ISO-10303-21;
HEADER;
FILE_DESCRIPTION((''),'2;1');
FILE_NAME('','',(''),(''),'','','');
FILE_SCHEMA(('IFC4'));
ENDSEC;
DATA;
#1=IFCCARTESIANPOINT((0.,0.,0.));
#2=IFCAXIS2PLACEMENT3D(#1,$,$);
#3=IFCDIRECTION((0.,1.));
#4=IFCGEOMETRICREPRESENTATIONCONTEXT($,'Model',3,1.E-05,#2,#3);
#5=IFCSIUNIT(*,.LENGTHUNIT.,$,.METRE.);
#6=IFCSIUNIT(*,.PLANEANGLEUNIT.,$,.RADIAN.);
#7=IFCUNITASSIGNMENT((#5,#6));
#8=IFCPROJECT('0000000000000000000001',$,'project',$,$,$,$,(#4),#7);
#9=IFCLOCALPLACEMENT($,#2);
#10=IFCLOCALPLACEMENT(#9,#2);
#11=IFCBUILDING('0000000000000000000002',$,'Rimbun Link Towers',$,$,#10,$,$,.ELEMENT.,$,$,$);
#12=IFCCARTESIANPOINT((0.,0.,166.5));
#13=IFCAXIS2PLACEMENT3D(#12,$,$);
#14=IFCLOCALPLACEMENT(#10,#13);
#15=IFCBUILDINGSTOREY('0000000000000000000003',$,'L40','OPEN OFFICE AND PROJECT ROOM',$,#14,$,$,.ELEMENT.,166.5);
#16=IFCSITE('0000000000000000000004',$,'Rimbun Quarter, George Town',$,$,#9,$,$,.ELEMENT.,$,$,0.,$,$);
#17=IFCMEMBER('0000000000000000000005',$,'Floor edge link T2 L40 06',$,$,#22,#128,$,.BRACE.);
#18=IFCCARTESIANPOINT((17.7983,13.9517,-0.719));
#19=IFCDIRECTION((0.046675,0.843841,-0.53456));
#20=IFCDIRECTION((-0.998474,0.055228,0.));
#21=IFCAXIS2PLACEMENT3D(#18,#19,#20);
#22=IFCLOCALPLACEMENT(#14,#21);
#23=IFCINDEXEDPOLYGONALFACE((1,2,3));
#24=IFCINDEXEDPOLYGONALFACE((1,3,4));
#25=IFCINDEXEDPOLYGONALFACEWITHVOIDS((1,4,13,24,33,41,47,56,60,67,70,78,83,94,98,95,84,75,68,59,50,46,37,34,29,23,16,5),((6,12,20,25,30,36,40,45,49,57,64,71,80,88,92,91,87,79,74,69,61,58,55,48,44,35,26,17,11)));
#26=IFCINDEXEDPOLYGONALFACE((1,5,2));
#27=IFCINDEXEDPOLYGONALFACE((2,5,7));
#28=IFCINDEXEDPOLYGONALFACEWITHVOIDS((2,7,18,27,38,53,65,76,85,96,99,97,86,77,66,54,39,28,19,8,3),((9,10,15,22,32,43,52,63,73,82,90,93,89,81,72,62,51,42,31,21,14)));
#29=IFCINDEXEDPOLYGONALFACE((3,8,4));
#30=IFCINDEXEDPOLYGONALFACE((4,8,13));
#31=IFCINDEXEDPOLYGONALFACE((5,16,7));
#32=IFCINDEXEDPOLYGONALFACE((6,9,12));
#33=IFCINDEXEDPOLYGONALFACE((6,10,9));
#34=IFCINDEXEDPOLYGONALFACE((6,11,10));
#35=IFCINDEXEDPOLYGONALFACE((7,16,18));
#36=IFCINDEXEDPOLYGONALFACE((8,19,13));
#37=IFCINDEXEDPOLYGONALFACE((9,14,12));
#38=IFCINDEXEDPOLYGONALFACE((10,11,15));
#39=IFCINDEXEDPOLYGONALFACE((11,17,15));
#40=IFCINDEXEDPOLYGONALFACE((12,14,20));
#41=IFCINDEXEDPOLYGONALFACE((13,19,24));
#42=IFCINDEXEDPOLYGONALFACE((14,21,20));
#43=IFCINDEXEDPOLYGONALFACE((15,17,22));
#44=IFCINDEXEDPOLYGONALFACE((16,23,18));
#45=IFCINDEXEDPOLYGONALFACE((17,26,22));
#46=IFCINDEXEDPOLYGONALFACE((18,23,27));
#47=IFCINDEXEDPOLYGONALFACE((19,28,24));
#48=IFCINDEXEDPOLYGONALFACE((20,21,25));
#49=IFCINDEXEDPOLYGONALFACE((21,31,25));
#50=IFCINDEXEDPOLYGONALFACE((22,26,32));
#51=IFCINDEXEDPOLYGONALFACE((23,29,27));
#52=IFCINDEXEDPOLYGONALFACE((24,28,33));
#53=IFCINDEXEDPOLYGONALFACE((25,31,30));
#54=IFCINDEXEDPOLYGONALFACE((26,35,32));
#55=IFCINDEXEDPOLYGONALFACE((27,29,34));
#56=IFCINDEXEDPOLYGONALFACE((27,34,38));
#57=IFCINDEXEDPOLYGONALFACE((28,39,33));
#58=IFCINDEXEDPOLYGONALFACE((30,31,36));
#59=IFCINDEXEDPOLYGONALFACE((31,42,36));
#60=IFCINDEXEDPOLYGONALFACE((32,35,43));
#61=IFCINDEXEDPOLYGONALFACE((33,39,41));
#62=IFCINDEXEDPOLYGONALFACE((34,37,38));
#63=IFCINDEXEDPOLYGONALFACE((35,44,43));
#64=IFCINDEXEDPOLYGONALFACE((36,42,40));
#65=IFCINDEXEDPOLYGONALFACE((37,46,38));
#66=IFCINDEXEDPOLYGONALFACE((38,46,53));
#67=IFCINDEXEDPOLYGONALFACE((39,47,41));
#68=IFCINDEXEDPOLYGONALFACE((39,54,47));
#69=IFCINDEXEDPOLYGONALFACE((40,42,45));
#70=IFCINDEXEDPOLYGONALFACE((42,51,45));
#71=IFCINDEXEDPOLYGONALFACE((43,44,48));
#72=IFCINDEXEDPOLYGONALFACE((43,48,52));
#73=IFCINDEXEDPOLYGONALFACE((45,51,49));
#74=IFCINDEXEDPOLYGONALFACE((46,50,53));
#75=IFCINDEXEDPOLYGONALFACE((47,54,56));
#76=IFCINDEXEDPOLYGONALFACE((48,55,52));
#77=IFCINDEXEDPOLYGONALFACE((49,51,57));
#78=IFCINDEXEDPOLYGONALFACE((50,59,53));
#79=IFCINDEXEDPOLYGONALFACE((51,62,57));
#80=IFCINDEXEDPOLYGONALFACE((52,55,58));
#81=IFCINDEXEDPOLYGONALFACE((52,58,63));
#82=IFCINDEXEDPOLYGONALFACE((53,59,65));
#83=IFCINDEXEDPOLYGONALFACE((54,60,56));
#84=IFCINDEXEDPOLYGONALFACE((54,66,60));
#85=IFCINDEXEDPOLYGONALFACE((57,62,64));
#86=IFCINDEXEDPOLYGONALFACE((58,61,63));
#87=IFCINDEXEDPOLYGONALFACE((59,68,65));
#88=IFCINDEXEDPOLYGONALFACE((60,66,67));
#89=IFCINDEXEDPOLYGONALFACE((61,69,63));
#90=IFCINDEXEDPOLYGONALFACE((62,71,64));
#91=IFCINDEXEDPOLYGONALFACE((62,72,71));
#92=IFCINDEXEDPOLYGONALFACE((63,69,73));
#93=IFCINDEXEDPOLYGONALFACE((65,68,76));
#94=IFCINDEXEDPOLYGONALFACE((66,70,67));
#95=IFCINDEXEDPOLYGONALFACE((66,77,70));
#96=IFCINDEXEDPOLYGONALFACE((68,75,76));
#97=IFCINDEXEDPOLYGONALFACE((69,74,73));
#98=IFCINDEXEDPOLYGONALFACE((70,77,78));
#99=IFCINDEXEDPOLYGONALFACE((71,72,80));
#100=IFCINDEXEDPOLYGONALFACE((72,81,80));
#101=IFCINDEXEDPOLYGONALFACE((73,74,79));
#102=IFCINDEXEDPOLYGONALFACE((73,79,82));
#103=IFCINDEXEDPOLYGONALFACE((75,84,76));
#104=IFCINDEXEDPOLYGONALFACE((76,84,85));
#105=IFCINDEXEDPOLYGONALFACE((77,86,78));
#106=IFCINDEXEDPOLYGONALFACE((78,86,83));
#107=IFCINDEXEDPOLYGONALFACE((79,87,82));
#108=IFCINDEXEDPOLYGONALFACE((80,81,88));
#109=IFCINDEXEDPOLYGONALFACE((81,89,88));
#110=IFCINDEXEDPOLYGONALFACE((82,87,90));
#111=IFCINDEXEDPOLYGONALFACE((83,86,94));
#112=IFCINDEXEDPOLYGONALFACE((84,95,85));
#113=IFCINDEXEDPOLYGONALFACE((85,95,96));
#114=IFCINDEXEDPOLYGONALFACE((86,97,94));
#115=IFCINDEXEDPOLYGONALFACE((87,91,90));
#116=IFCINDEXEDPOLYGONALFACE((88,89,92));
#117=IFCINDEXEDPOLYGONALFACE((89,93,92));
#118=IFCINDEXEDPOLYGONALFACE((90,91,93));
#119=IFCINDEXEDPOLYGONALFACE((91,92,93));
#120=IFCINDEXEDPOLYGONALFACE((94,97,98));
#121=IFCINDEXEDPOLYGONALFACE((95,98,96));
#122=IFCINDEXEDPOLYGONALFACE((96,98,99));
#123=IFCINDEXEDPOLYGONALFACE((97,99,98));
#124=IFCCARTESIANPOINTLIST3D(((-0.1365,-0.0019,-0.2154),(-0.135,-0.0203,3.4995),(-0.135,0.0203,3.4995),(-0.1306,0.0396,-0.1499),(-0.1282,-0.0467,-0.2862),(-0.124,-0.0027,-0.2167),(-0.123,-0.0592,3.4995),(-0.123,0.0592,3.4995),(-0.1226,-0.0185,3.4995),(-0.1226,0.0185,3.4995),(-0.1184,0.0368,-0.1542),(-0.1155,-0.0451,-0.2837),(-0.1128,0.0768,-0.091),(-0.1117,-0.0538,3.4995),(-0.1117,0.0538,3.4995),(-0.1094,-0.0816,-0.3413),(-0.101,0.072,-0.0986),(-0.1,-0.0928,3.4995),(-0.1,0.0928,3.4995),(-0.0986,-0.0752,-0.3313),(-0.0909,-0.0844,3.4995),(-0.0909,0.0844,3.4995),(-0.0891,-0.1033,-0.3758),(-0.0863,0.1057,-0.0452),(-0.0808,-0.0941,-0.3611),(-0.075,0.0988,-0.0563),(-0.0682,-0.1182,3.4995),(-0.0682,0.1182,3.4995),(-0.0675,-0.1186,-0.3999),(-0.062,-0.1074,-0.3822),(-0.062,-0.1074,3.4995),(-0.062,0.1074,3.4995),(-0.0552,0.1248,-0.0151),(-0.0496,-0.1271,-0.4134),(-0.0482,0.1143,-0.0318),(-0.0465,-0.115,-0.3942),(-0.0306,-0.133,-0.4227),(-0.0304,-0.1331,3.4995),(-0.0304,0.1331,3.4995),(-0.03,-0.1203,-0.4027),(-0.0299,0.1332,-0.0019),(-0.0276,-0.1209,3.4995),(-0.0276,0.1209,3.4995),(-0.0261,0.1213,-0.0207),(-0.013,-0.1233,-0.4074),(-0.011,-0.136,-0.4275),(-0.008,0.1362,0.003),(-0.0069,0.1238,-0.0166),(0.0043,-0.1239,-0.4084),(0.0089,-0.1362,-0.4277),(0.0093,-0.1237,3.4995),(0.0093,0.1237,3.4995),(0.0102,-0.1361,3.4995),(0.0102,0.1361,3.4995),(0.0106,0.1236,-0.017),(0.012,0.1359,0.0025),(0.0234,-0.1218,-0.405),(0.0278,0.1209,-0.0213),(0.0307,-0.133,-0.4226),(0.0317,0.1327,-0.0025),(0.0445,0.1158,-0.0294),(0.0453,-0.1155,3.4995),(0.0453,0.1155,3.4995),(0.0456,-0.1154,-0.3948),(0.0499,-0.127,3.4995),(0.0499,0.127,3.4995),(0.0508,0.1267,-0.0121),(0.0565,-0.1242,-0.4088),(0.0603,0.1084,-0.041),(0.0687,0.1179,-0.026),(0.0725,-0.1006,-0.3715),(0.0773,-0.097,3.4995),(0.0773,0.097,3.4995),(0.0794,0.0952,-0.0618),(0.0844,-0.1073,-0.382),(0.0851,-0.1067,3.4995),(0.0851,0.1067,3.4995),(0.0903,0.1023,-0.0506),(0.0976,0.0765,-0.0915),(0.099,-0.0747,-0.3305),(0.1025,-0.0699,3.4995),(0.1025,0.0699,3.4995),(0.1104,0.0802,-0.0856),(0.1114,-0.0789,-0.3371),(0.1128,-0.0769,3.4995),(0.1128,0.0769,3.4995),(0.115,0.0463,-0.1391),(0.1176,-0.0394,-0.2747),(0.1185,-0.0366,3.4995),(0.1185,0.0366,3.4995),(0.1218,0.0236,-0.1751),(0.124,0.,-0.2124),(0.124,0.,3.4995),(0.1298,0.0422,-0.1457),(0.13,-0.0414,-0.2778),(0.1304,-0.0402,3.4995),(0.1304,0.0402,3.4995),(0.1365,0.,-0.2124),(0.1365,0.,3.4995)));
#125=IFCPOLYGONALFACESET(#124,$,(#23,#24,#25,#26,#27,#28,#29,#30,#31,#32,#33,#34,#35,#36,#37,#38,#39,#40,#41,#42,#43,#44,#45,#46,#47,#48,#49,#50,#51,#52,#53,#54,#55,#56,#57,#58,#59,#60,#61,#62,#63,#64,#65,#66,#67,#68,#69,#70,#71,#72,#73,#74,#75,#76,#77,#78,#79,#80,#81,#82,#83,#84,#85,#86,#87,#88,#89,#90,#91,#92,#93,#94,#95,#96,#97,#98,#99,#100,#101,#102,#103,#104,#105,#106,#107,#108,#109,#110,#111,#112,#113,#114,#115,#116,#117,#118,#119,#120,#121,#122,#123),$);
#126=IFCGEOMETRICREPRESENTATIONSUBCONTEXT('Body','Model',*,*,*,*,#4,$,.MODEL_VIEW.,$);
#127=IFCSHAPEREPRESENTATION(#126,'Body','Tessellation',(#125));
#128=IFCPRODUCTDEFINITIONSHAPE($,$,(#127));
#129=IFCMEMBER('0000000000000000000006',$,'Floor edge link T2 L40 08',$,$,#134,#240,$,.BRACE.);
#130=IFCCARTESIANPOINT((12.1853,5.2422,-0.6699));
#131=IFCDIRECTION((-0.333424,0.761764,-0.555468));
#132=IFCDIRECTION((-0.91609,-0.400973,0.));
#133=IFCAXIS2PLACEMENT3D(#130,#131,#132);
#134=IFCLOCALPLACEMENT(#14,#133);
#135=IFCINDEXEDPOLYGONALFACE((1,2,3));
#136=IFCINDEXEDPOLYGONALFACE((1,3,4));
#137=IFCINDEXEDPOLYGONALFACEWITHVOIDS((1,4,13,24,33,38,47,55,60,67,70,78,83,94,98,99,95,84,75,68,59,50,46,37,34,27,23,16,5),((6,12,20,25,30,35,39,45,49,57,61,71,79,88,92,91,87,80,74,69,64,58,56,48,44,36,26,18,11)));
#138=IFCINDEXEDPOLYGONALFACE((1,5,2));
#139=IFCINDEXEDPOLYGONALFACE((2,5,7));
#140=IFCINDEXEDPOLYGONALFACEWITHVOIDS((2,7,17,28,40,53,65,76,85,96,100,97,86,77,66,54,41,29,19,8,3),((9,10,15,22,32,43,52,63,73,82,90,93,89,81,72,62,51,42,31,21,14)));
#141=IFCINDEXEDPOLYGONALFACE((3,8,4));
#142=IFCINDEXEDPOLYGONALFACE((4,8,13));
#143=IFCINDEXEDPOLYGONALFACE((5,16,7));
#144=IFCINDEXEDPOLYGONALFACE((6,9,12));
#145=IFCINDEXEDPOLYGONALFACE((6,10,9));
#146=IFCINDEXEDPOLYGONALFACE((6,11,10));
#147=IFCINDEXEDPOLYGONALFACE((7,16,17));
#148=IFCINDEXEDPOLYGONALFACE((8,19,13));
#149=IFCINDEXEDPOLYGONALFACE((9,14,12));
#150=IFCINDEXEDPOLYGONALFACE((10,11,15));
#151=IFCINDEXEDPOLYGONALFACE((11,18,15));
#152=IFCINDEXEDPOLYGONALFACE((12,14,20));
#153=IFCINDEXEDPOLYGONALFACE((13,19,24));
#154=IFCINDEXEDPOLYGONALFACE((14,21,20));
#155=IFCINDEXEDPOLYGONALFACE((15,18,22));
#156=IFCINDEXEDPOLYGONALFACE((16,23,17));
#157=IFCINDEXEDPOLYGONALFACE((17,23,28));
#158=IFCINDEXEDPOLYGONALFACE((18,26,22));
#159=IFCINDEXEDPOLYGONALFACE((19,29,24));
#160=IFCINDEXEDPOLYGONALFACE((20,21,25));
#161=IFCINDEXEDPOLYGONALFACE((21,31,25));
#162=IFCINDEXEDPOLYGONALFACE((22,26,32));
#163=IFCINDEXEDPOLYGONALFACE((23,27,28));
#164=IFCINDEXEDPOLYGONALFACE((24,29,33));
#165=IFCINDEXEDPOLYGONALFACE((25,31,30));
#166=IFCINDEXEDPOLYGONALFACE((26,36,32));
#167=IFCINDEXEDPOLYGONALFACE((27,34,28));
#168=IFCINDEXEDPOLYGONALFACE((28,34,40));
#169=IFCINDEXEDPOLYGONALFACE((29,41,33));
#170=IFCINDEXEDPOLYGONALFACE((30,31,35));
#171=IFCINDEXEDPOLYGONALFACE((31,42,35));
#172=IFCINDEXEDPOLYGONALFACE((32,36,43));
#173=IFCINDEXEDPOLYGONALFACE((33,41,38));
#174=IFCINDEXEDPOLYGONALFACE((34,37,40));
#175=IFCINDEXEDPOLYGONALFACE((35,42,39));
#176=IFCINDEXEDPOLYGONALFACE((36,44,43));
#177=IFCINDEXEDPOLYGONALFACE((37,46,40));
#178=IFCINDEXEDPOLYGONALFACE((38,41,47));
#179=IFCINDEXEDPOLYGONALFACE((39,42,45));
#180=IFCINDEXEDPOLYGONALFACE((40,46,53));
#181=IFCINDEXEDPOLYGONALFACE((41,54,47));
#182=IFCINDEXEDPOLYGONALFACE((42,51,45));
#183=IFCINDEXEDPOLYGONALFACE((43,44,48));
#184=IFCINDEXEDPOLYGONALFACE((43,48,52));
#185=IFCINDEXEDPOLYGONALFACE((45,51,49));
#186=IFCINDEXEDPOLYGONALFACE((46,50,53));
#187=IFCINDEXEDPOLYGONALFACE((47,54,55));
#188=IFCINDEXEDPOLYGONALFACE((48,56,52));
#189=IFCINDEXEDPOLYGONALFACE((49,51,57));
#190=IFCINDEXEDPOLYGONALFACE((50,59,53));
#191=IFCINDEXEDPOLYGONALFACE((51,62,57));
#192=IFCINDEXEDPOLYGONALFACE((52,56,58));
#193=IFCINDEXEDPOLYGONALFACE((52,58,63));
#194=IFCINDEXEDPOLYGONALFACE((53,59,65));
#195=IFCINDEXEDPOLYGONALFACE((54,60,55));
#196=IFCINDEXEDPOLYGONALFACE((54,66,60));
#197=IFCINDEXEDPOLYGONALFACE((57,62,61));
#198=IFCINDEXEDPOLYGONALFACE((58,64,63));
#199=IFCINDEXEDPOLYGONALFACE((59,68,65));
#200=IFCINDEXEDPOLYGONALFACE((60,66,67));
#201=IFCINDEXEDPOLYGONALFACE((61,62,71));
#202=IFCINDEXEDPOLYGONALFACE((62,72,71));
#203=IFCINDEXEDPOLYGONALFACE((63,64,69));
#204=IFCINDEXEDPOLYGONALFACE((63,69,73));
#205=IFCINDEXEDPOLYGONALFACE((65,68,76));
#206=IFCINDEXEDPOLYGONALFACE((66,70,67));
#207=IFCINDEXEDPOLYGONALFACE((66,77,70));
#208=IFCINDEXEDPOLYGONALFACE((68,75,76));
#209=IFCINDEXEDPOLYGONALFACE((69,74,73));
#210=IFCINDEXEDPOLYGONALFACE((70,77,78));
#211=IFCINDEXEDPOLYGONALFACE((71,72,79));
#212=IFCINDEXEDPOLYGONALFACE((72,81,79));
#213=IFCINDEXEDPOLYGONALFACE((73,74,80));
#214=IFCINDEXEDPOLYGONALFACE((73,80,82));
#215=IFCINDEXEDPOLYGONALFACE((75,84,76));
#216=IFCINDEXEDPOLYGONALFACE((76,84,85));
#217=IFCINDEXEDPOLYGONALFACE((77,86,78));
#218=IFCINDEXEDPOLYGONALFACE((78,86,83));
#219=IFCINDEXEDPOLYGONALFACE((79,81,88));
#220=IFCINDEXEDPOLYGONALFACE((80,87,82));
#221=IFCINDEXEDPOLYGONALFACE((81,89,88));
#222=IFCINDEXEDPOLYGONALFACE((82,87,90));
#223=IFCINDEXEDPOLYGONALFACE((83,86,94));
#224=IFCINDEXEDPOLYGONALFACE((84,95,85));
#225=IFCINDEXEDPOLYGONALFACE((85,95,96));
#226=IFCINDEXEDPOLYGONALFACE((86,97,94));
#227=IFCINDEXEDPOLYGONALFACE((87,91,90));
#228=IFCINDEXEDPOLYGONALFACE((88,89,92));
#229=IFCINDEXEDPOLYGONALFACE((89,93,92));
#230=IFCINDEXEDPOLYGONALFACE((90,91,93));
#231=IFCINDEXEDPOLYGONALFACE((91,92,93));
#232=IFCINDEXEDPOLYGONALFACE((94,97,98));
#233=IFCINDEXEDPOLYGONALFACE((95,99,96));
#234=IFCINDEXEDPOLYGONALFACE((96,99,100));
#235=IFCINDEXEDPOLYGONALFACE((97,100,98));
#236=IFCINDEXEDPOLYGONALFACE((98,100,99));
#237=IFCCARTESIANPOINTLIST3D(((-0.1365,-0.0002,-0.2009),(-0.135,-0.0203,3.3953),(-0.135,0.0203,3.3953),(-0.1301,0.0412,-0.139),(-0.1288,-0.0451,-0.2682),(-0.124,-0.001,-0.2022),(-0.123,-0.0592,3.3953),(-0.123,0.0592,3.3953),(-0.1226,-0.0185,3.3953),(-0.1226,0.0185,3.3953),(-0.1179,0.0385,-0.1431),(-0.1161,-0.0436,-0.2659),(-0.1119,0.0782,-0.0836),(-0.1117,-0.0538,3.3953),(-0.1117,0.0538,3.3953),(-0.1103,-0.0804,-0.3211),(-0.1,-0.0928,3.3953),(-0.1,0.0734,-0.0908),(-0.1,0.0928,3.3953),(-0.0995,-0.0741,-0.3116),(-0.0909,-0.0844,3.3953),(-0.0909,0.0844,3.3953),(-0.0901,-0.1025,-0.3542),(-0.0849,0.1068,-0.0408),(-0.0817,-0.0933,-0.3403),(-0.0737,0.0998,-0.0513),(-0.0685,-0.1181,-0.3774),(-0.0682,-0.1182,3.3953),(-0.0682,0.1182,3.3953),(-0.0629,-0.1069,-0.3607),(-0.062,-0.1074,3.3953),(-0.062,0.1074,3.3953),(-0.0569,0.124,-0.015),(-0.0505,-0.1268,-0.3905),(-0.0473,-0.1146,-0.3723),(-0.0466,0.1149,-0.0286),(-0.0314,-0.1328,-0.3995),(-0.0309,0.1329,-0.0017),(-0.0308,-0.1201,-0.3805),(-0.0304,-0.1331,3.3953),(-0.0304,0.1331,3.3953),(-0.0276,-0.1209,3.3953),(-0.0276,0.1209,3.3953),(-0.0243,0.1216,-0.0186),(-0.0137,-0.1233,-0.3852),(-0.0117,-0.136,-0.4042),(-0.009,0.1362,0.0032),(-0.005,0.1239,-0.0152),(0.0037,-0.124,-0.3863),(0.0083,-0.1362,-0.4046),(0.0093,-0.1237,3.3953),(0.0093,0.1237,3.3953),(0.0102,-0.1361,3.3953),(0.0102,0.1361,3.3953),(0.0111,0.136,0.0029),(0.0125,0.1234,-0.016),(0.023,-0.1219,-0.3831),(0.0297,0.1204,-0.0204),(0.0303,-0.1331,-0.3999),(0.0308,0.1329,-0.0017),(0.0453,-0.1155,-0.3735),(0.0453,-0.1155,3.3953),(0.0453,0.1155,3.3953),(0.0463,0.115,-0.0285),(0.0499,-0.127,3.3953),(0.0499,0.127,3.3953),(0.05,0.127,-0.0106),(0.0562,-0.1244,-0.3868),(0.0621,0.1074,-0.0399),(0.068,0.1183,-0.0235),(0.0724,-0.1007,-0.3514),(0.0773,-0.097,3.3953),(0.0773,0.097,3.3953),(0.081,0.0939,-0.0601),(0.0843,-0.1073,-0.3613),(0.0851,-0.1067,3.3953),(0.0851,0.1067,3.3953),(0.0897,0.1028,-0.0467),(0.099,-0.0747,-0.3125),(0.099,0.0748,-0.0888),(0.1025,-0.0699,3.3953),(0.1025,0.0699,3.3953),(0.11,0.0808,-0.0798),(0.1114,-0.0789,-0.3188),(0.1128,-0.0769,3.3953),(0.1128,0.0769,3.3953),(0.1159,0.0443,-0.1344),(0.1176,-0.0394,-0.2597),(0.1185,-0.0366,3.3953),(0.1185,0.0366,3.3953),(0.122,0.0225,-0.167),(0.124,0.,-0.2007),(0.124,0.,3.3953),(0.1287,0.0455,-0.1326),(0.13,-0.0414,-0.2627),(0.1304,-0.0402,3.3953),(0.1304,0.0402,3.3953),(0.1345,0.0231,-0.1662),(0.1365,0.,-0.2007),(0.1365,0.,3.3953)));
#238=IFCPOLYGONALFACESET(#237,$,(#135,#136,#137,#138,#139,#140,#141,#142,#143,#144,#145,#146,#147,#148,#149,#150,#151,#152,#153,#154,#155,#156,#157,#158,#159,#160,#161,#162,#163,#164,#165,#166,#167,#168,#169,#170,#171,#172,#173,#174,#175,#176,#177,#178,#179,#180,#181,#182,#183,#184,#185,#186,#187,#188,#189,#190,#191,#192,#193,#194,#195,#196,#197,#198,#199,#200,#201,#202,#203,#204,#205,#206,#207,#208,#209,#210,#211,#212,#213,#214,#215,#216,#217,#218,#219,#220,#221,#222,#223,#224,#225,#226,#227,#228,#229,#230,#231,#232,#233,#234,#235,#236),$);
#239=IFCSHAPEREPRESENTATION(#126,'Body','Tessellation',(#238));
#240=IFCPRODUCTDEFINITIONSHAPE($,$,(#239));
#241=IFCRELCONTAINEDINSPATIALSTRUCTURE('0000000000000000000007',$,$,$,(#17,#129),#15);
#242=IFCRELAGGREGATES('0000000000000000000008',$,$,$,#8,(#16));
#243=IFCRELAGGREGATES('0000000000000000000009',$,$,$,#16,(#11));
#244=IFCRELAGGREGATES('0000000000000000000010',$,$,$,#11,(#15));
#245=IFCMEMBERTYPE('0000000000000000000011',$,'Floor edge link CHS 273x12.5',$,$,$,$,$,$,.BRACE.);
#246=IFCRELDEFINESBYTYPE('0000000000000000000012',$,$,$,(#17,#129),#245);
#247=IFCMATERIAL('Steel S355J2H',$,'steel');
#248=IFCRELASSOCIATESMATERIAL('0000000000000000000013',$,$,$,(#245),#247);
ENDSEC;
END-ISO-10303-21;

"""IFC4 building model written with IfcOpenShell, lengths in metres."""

from ifc_helpers import new_model, si_unit, direction, frame, origin, origin_2d, place, context, subcontext, project, spatial, hollow_circle, extrude, clip, halfspace, material, material_profile, profile_set, type_object, element, save


model = new_model("IFC4")

# Units and contexts
model_context = context("Model", 3, precision=1e-05, world=origin(), true_north=direction((0.0, 1.0)))
body_context = subcontext(model_context, "Body", "Model", "MODEL_VIEW")
ifc_project = project(units=[si_unit("LENGTHUNIT", "METRE"), si_unit("PLANEANGLEUNIT", "RADIAN")], contexts=[model_context])

# Site, building, storey
site_placement = place(None, origin())
site = spatial("IfcSite", under=ifc_project, at=site_placement, Name="Rimbun Quarter, George Town", CompositionType="ELEMENT", RefElevation=0.0)
building_placement = place(site_placement, origin())
building = spatial("IfcBuilding", under=site, at=building_placement, Name="Rimbun Link Towers", CompositionType="ELEMENT")
storey_placement = place(building_placement, frame((0.0, 0.0, 166.5)))
storey = spatial("IfcBuildingStorey", under=building, at=storey_placement, Name="L40", Description="OPEN OFFICE AND PROJECT ROOM", CompositionType="ELEMENT", Elevation=166.5)

# Members
ifc_material_1 = material(Name="Steel S355J2H", Category="steel")
ifc_material_profile_1 = material_profile(ifc_material_1, hollow_circle(Radius=0.1365, WallThickness=0.0125, at=origin_2d()), Name="CHS 273x12.5")
ifc_profile_set_1 = profile_set([ifc_material_profile_1], Name="Steel S355J2H")
member_type_1 = type_object("IfcMemberType", Name="Floor edge link CHS 273x12.5", PredefinedType="BRACE", material=ifc_profile_set_1)
member_1_placement = place(storey_placement, frame((17.7983, 13.9517, -0.719), z_axis=(0.046675, 0.843841, -0.53456), x_axis=(-0.998474, 0.055228, 0.0)))
element("IfcMember", 1, at=member_1_placement, inside=storey, type_object=member_type_1, Name="Floor edge link T2 L40 06", PredefinedType="BRACE", context=body_context, shape_type="Clipping", body=[
    clip(extrude(hollow_circle(Radius=0.1365, WallThickness=0.0125, at=origin_2d()), frame((0.0, 0.0, -0.4502)), (0.0, 0.0, 1.0), 3.9497), halfspace(frame((0.0, 0.0, -0.2124), z_axis=(0.0, 0.84513, -0.53456)), False)),
])
member_2_placement = place(storey_placement, frame((12.1853, 5.2422, -0.6699), z_axis=(-0.333424, 0.761764, -0.555468), x_axis=(-0.91609, -0.400973, 0.0)))
element("IfcMember", 2, at=member_2_placement, inside=storey, type_object=member_type_1, Name="Floor edge link T2 L40 08", PredefinedType="BRACE", context=body_context, shape_type="Clipping", body=[
    clip(extrude(hollow_circle(Radius=0.1365, WallThickness=0.0125, at=origin_2d()), frame((0.0, 0.0, -0.4268)), (0.0, 0.0, 1.0), 3.822), halfspace(frame((0.0, 0.0, -0.2007), z_axis=(0.0, 0.831538, -0.555468)), False)),
])

save(model, "model.ifc")
